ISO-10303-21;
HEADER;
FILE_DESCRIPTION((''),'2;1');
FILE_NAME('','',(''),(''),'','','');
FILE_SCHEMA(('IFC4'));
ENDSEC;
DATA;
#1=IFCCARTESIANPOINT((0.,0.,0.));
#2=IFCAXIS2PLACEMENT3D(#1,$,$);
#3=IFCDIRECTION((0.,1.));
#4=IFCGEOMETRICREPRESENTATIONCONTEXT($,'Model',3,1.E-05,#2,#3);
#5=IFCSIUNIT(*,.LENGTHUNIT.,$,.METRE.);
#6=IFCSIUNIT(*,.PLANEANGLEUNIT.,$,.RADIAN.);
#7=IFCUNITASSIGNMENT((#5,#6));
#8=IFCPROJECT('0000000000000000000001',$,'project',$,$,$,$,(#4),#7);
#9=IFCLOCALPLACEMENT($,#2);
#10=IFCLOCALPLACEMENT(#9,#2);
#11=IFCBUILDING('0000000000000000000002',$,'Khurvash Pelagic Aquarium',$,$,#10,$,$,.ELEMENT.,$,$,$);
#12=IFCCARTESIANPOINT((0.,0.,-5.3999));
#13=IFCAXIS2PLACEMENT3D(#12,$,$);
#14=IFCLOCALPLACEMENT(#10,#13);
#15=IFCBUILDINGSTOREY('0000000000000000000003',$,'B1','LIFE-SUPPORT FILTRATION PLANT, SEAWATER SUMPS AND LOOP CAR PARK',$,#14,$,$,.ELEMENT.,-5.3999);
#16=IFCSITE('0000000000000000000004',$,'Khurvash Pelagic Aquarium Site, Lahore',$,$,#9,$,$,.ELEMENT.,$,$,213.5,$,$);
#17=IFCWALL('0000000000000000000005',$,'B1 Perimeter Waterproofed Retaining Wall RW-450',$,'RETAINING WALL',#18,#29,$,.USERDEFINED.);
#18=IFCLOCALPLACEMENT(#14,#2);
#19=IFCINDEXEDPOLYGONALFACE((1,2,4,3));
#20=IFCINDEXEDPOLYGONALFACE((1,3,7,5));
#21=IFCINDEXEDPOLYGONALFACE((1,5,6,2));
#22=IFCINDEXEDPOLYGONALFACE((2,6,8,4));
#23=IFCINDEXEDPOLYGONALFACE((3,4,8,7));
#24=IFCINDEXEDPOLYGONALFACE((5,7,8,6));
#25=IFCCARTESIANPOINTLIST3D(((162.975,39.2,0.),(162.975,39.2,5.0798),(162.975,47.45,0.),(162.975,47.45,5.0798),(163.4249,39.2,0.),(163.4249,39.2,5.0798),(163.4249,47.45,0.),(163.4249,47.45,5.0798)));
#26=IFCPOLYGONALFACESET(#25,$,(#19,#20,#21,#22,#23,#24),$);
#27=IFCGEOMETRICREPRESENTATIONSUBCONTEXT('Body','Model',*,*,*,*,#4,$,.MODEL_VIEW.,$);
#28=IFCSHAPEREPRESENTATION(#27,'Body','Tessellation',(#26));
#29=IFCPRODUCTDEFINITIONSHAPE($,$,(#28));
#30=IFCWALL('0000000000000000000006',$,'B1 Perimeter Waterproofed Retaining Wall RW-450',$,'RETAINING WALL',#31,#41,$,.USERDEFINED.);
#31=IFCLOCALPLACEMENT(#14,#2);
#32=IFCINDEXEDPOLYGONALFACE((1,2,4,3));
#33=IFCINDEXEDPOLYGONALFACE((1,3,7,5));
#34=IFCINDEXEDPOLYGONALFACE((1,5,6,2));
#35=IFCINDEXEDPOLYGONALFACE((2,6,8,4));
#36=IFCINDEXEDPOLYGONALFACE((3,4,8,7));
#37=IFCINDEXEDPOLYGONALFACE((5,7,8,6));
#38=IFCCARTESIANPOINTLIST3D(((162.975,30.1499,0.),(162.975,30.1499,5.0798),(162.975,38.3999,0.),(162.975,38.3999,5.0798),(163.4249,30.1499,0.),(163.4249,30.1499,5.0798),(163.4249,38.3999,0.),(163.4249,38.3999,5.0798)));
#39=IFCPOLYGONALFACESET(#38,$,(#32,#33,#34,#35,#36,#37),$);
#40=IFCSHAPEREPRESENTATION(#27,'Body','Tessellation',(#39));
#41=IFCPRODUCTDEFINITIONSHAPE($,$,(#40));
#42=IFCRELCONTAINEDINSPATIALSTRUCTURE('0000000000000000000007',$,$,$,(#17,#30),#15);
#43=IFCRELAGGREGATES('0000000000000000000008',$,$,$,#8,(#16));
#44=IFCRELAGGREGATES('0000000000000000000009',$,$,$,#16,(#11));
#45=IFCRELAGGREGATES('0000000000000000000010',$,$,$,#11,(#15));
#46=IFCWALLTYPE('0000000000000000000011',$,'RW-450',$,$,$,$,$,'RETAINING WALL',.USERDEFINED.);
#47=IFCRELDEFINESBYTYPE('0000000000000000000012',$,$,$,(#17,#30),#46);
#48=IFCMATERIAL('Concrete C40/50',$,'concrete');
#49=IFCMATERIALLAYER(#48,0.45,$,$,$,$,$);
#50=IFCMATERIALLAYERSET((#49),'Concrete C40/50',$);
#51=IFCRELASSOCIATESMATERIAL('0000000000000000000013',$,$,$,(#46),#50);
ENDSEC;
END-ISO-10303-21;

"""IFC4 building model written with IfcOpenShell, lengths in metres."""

from ifc_helpers import new_model, si_unit, direction, frame, frame_2d, origin, place, context, subcontext, project, spatial, rectangle, extrude, material, layer, layer_set, type_object, element, save


model = new_model("IFC4")

# Units and contexts
model_context = context("Model", 3, precision=1e-05, world=origin(), true_north=direction((0.0, 1.0)))
body_context = subcontext(model_context, "Body", "Model", "MODEL_VIEW")
ifc_project = project(units=[si_unit("LENGTHUNIT", "METRE"), si_unit("PLANEANGLEUNIT", "RADIAN")], contexts=[model_context])

# Site, building, storey
site_placement = place(None, origin())
site = spatial("IfcSite", under=ifc_project, at=site_placement, Name="Khurvash Pelagic Aquarium Site, Lahore", CompositionType="ELEMENT", RefElevation=213.5)
building_placement = place(site_placement, origin())
building = spatial("IfcBuilding", under=site, at=building_placement, Name="Khurvash Pelagic Aquarium", CompositionType="ELEMENT")
storey_placement = place(building_placement, frame((0.0, 0.0, -5.3999)))
storey = spatial("IfcBuildingStorey", under=building, at=storey_placement, Name="B1", Description="LIFE-SUPPORT FILTRATION PLANT, SEAWATER SUMPS AND LOOP CAR PARK", CompositionType="ELEMENT", Elevation=-5.3999)

# Shared definitions
ifc_material_1 = material(Name="Concrete C40/50", Category="concrete")

# Walls
ifc_layer = layer(ifc_material_1, 0.45)
ifc_layer_set = layer_set([ifc_layer], Name="Concrete C40/50")
wall_type = type_object("IfcWallType", Name="RW-450", ElementType="RETAINING WALL", PredefinedType="USERDEFINED", material=ifc_layer_set)
for number, where, z_axis, x_axis, name in (
    (1, (163.2, 47.45, 0.0), (0.0, 0.0, 1.0), (0.0, -1.0, 0.0), "B1 Perimeter Waterproofed Retaining Wall RW-450"),
    (2, (163.2, 38.3999, 0.0), (0.0, 0.0, 1.0), (0.0, -1.0, 0.0), "B1 Perimeter Waterproofed Retaining Wall RW-450"),
):
    element("IfcWall", number, at=place(storey_placement, frame(where, z_axis=z_axis, x_axis=x_axis)), inside=storey, type_object=wall_type, Name=name, ObjectType="RETAINING WALL", PredefinedType="USERDEFINED", context=body_context, shape_type="SweptSolid", body=[
        extrude(rectangle(XDim=8.25, YDim=0.45, at=frame_2d((4.125, 0.0))), origin(), (0.0, 0.0, 1.0), 5.0798),
    ])

save(model, "model.ifc")
